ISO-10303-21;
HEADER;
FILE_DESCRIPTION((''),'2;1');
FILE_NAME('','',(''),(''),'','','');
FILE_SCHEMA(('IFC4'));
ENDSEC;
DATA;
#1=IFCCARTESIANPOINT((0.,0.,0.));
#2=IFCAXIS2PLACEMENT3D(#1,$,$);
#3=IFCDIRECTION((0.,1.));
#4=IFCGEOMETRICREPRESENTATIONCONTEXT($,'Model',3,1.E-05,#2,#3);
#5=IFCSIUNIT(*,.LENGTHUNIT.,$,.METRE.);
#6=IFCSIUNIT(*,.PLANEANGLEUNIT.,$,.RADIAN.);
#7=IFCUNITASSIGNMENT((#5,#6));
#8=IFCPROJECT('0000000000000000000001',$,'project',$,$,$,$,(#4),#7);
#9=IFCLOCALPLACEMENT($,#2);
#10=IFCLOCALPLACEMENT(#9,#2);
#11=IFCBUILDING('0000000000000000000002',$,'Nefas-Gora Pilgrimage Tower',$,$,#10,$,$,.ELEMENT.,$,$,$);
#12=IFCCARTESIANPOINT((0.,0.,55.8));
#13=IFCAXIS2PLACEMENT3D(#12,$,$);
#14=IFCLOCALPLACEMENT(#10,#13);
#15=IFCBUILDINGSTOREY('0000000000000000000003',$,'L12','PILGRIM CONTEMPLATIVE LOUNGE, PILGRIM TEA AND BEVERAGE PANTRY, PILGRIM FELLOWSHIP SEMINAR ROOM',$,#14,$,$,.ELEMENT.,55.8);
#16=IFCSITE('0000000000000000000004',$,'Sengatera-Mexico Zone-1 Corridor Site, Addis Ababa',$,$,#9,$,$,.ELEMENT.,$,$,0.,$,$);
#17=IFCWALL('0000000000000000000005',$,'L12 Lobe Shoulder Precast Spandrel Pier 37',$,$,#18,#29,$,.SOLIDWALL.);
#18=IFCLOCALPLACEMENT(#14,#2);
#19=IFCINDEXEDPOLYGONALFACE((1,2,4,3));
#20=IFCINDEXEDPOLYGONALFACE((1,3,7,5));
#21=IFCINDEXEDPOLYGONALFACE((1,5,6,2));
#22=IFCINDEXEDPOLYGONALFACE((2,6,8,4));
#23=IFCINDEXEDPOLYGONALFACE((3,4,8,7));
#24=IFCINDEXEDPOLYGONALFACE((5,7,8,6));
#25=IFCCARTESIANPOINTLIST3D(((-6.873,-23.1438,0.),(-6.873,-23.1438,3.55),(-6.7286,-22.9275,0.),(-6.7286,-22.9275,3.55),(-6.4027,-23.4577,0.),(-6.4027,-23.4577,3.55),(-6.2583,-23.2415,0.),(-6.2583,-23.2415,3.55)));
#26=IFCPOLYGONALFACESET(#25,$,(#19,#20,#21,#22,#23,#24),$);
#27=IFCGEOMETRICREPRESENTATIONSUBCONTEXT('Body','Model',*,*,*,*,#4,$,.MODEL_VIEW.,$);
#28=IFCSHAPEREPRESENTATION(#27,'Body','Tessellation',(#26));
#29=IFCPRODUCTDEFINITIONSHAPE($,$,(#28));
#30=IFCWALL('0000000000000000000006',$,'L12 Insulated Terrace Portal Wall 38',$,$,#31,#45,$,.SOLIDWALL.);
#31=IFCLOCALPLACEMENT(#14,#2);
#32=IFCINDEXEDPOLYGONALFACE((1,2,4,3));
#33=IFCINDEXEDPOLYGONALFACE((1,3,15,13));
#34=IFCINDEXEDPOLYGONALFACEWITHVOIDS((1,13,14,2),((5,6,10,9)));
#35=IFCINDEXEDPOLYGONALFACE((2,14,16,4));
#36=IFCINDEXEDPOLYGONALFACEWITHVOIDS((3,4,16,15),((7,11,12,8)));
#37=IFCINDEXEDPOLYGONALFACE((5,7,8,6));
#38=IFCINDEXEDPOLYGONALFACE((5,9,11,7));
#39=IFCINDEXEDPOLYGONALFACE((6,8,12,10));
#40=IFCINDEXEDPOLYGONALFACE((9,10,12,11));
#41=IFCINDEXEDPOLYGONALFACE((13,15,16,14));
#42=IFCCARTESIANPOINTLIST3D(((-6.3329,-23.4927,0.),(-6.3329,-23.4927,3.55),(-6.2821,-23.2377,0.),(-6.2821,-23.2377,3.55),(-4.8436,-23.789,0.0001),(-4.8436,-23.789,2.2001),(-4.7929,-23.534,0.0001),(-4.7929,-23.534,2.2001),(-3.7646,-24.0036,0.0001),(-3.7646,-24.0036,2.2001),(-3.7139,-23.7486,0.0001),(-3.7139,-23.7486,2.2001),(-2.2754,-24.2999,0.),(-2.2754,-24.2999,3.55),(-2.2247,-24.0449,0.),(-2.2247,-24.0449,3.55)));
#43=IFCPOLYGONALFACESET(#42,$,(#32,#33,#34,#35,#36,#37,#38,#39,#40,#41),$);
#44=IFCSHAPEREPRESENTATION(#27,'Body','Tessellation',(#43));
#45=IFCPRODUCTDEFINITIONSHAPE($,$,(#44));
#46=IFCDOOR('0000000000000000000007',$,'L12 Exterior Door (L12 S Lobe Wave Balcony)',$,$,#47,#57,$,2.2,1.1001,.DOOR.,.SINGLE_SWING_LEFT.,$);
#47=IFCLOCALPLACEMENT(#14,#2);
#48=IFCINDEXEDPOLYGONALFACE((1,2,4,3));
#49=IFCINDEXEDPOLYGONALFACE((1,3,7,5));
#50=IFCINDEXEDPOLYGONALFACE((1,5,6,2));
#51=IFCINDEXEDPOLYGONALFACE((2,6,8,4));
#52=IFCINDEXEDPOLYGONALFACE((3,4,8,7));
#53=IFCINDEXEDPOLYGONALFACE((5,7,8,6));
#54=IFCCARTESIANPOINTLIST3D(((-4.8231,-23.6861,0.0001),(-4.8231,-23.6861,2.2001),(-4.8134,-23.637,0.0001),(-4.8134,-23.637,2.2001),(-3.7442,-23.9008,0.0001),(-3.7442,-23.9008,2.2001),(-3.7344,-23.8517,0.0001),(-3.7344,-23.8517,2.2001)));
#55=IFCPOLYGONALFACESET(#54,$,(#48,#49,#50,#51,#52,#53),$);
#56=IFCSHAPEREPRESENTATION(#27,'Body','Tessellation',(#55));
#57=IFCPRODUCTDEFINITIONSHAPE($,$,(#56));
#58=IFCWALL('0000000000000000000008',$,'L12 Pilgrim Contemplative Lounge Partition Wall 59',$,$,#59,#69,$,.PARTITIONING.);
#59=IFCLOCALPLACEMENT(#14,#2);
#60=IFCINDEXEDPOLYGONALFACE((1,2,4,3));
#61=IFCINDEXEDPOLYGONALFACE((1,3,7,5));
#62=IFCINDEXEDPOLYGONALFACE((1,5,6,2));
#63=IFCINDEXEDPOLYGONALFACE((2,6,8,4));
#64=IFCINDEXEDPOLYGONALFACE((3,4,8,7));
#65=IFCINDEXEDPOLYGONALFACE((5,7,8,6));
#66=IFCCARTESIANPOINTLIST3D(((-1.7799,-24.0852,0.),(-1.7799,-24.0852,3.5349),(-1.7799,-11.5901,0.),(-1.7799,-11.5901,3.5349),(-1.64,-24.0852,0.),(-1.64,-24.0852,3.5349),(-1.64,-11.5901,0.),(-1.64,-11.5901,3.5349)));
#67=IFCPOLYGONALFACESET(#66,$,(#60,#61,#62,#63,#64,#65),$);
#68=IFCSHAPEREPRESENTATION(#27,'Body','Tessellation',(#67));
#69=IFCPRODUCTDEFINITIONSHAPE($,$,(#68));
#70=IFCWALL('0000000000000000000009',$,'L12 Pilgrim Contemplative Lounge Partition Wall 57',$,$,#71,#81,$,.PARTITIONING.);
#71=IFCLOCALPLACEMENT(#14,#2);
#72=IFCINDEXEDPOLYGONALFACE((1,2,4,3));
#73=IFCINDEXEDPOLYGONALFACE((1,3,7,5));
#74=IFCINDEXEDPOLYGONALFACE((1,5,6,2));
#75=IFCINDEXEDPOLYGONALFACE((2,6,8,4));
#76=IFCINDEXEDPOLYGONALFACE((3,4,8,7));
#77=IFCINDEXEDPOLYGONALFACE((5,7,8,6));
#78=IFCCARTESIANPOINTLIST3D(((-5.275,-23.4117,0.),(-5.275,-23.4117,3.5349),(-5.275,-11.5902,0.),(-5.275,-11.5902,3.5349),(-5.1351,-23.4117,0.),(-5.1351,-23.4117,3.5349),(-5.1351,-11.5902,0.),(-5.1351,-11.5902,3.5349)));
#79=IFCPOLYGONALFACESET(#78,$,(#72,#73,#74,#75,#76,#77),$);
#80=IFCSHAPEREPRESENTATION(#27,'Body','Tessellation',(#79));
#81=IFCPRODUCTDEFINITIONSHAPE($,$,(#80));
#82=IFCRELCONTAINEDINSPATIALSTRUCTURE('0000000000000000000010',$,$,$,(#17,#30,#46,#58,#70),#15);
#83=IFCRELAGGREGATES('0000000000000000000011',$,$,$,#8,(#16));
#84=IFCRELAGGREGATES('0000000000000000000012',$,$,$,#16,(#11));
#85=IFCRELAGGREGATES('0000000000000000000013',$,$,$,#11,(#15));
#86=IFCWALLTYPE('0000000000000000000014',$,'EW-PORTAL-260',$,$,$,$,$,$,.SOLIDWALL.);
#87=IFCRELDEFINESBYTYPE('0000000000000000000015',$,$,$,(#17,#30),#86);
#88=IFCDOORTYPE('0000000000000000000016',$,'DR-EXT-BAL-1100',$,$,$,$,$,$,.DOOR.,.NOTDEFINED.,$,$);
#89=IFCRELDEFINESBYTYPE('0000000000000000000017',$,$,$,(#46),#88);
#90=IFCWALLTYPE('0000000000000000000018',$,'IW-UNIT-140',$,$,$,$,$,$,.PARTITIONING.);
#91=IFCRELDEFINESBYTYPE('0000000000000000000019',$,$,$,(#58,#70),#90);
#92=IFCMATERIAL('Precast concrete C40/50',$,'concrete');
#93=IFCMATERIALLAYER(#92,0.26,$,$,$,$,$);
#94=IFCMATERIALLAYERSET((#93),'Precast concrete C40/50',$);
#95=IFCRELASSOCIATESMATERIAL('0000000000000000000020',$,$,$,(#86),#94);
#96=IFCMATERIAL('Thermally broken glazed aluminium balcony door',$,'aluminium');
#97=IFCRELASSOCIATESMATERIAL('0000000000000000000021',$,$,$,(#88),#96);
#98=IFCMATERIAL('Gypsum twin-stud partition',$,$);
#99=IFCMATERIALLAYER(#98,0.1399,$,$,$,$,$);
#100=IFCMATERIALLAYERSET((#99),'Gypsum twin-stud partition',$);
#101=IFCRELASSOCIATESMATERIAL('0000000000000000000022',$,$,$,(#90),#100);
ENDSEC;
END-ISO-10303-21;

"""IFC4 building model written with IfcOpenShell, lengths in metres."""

from ifc_helpers import new_model, si_unit, direction, frame, frame_2d, origin, place, context, subcontext, project, spatial, rectangle, extrude, source, transform, mapped, material, layer, layer_set, type_object, element, fill, save


model = new_model("IFC4")

# Units and contexts
model_context = context("Model", 3, precision=1e-05, world=origin(), true_north=direction((0.0, 1.0)))
body_context = subcontext(model_context, "Body", "Model", "MODEL_VIEW")
ifc_project = project(units=[si_unit("LENGTHUNIT", "METRE"), si_unit("PLANEANGLEUNIT", "RADIAN")], contexts=[model_context])

# Site, building, storey
site_placement = place(None, origin())
site = spatial("IfcSite", under=ifc_project, at=site_placement, Name="Sengatera-Mexico Zone-1 Corridor Site, Addis Ababa", CompositionType="ELEMENT", RefElevation=0.0)
building_placement = place(site_placement, origin())
building = spatial("IfcBuilding", under=site, at=building_placement, Name="Nefas-Gora Pilgrimage Tower", CompositionType="ELEMENT")
storey_placement = place(building_placement, frame((0.0, 0.0, 55.8)))
storey = spatial("IfcBuildingStorey", under=building, at=storey_placement, Name="L12", Description="PILGRIM CONTEMPLATIVE LOUNGE, PILGRIM TEA AND BEVERAGE PANTRY, PILGRIM FELLOWSHIP SEMINAR ROOM", CompositionType="ELEMENT", Elevation=55.8)

# Wall
ifc_material_1 = material(Name="Precast concrete C40/50", Category="concrete")
ifc_layer_1 = layer(ifc_material_1, 0.26)
ifc_layer_set_1 = layer_set([ifc_layer_1], Name="Precast concrete C40/50")
wall_type_1 = type_object("IfcWallType", Name="EW-PORTAL-260", PredefinedType="SOLIDWALL", material=ifc_layer_set_1)
shared_shape_1 = source(origin(), body_context, "Body", "SweptSolid", [
    extrude(rectangle(XDim=0.5654, YDim=0.26, at=frame_2d((0.2827, 0.0))), origin(), (0.0, 0.0, 1.0), 3.55),
])
wall_1_placement = place(storey_placement, frame((-6.8008, -23.0356, 0.0), z_axis=(0.0, 0.0, 1.0), x_axis=(0.831651, -0.555298, 0.0)))
element("IfcWall", 1, at=wall_1_placement, inside=storey, type_object=wall_type_1, Name="L12 Lobe Shoulder Precast Spandrel Pier 37", PredefinedType="SOLIDWALL", context=body_context, shape_type="MappedRepresentation", body=[
    mapped(shared_shape_1, transform((0.0, 0.0, 0.0), x_axis=(1.0, 0.0, 0.0), y_axis=(0.0, 1.0, 0.0), z_axis=(0.0, 0.0, 1.0), scale=1.0)),
])

# Wall, opening, door
shared_shape_2 = source(origin(), body_context, "Body", "SweptSolid", [
    extrude(rectangle(XDim=4.137, YDim=0.26, at=frame_2d((2.0684, 0.0))), origin(), (0.0, 0.0, 1.0), 3.55),
])
wall_2_placement = place(storey_placement, frame((-6.3074, -23.3652, 0.0), z_axis=(0.0, 0.0, 1.0), x_axis=(0.980782, -0.195106, 0.0)))
wall_2 = element("IfcWall", 2, at=wall_2_placement, inside=storey, type_object=wall_type_1, Name="L12 Insulated Terrace Portal Wall 38", PredefinedType="SOLIDWALL", context=body_context, shape_type="MappedRepresentation", body=[
    mapped(shared_shape_2, transform((0.0, 0.0, 0.0), x_axis=(1.0, 0.0, 0.0), y_axis=(0.0, 1.0, 0.0), z_axis=(0.0, 0.0, 1.0), scale=1.0)),
])
opening_placement = place(wall_2_placement, frame((1.5183, 0.0, 0.0)))
opening = element("IfcOpeningElement", 3, at=opening_placement, cuts=wall_2, PredefinedType="OPENING", context=body_context, shape_type="SweptSolid", body=[
    extrude(rectangle(XDim=1.1001, YDim=2.2, at=frame_2d((0.55, 1.1001))), frame((0.0, 0.1399, 0.0), z_axis=(0.0, -1.0, 0.0), x_axis=(1.0, 0.0, 0.0)), (0.0, 0.0, 1.0), 0.28),
])
ifc_material_2 = material(Name="Thermally broken glazed aluminium balcony door", Category="aluminium")
door_type = type_object("IfcDoorType", Name="DR-EXT-BAL-1100", OperationType="NOTDEFINED", PredefinedType="DOOR", material=ifc_material_2)
shared_shape_3 = source(origin(), body_context, "Body", "SweptSolid", [
    extrude(rectangle(XDim=1.1001, YDim=2.2, at=frame_2d((0.55, 1.1001))), frame((0.0, 0.0249, 0.0), z_axis=(0.0, -1.0, 0.0), x_axis=(1.0, 0.0, 0.0)), (0.0, 0.0, 1.0), 0.05),
])
door_placement = place(opening_placement, origin())
door = element("IfcDoor", 4, at=door_placement, inside=storey, type_object=door_type, Name="L12 Exterior Door (L12 S Lobe Wave Balcony)", OperationType="SINGLE_SWING_LEFT", OverallHeight=2.2, OverallWidth=1.1001, PredefinedType="DOOR", context=body_context, shape_type="MappedRepresentation", body=[
    mapped(shared_shape_3, transform((0.0, 0.0, 0.0), x_axis=(1.0, 0.0, 0.0), y_axis=(0.0, 1.0, 0.0), z_axis=(0.0, 0.0, 1.0), scale=1.0)),
])
fill(opening, door)

# Walls
ifc_material_3 = material(Name="Gypsum twin-stud partition")
ifc_layer_2 = layer(ifc_material_3, 0.1399)
ifc_layer_set_2 = layer_set([ifc_layer_2], Name="Gypsum twin-stud partition")
wall_type_2 = type_object("IfcWallType", Name="IW-UNIT-140", PredefinedType="PARTITIONING", material=ifc_layer_set_2)
shared_shape_4 = source(origin(), body_context, "Body", "SweptSolid", [
    extrude(rectangle(XDim=12.4951, YDim=0.1399, at=frame_2d((6.2476, 0.0))), origin(), (0.0, 0.0, 1.0), 3.5349),
])
wall_3_placement = place(storey_placement, frame((-1.71, -24.0852, 0.0), z_axis=(0.0, 0.0, 1.0), x_axis=(0.0, 1.0, 0.0)))
element("IfcWall", 5, at=wall_3_placement, inside=storey, type_object=wall_type_2, Name="L12 Pilgrim Contemplative Lounge Partition Wall 59", PredefinedType="PARTITIONING", context=body_context, shape_type="MappedRepresentation", body=[
    mapped(shared_shape_4, transform((0.0, 0.0, 0.0), x_axis=(1.0, 0.0, 0.0), y_axis=(0.0, 1.0, 0.0), z_axis=(0.0, 0.0, 1.0), scale=1.0)),
])
shared_shape_5 = source(origin(), body_context, "Body", "SweptSolid", [
    extrude(rectangle(XDim=11.8215, YDim=0.1399, at=frame_2d((5.9106, 0.0))), origin(), (0.0, 0.0, 1.0), 3.5349),
])
wall_4_placement = place(storey_placement, frame((-5.2051, -23.4116, 0.0), z_axis=(0.0, 0.0, 1.0), x_axis=(0.0, 1.0, 0.0)))
element("IfcWall", 6, at=wall_4_placement, inside=storey, type_object=wall_type_2, Name="L12 Pilgrim Contemplative Lounge Partition Wall 57", PredefinedType="PARTITIONING", context=body_context, shape_type="MappedRepresentation", body=[
    mapped(shared_shape_5, transform((0.0, 0.0, 0.0), x_axis=(1.0, 0.0, 0.0), y_axis=(0.0, 1.0, 0.0), z_axis=(0.0, 0.0, 1.0), scale=1.0)),
])

save(model, "model.ifc")
